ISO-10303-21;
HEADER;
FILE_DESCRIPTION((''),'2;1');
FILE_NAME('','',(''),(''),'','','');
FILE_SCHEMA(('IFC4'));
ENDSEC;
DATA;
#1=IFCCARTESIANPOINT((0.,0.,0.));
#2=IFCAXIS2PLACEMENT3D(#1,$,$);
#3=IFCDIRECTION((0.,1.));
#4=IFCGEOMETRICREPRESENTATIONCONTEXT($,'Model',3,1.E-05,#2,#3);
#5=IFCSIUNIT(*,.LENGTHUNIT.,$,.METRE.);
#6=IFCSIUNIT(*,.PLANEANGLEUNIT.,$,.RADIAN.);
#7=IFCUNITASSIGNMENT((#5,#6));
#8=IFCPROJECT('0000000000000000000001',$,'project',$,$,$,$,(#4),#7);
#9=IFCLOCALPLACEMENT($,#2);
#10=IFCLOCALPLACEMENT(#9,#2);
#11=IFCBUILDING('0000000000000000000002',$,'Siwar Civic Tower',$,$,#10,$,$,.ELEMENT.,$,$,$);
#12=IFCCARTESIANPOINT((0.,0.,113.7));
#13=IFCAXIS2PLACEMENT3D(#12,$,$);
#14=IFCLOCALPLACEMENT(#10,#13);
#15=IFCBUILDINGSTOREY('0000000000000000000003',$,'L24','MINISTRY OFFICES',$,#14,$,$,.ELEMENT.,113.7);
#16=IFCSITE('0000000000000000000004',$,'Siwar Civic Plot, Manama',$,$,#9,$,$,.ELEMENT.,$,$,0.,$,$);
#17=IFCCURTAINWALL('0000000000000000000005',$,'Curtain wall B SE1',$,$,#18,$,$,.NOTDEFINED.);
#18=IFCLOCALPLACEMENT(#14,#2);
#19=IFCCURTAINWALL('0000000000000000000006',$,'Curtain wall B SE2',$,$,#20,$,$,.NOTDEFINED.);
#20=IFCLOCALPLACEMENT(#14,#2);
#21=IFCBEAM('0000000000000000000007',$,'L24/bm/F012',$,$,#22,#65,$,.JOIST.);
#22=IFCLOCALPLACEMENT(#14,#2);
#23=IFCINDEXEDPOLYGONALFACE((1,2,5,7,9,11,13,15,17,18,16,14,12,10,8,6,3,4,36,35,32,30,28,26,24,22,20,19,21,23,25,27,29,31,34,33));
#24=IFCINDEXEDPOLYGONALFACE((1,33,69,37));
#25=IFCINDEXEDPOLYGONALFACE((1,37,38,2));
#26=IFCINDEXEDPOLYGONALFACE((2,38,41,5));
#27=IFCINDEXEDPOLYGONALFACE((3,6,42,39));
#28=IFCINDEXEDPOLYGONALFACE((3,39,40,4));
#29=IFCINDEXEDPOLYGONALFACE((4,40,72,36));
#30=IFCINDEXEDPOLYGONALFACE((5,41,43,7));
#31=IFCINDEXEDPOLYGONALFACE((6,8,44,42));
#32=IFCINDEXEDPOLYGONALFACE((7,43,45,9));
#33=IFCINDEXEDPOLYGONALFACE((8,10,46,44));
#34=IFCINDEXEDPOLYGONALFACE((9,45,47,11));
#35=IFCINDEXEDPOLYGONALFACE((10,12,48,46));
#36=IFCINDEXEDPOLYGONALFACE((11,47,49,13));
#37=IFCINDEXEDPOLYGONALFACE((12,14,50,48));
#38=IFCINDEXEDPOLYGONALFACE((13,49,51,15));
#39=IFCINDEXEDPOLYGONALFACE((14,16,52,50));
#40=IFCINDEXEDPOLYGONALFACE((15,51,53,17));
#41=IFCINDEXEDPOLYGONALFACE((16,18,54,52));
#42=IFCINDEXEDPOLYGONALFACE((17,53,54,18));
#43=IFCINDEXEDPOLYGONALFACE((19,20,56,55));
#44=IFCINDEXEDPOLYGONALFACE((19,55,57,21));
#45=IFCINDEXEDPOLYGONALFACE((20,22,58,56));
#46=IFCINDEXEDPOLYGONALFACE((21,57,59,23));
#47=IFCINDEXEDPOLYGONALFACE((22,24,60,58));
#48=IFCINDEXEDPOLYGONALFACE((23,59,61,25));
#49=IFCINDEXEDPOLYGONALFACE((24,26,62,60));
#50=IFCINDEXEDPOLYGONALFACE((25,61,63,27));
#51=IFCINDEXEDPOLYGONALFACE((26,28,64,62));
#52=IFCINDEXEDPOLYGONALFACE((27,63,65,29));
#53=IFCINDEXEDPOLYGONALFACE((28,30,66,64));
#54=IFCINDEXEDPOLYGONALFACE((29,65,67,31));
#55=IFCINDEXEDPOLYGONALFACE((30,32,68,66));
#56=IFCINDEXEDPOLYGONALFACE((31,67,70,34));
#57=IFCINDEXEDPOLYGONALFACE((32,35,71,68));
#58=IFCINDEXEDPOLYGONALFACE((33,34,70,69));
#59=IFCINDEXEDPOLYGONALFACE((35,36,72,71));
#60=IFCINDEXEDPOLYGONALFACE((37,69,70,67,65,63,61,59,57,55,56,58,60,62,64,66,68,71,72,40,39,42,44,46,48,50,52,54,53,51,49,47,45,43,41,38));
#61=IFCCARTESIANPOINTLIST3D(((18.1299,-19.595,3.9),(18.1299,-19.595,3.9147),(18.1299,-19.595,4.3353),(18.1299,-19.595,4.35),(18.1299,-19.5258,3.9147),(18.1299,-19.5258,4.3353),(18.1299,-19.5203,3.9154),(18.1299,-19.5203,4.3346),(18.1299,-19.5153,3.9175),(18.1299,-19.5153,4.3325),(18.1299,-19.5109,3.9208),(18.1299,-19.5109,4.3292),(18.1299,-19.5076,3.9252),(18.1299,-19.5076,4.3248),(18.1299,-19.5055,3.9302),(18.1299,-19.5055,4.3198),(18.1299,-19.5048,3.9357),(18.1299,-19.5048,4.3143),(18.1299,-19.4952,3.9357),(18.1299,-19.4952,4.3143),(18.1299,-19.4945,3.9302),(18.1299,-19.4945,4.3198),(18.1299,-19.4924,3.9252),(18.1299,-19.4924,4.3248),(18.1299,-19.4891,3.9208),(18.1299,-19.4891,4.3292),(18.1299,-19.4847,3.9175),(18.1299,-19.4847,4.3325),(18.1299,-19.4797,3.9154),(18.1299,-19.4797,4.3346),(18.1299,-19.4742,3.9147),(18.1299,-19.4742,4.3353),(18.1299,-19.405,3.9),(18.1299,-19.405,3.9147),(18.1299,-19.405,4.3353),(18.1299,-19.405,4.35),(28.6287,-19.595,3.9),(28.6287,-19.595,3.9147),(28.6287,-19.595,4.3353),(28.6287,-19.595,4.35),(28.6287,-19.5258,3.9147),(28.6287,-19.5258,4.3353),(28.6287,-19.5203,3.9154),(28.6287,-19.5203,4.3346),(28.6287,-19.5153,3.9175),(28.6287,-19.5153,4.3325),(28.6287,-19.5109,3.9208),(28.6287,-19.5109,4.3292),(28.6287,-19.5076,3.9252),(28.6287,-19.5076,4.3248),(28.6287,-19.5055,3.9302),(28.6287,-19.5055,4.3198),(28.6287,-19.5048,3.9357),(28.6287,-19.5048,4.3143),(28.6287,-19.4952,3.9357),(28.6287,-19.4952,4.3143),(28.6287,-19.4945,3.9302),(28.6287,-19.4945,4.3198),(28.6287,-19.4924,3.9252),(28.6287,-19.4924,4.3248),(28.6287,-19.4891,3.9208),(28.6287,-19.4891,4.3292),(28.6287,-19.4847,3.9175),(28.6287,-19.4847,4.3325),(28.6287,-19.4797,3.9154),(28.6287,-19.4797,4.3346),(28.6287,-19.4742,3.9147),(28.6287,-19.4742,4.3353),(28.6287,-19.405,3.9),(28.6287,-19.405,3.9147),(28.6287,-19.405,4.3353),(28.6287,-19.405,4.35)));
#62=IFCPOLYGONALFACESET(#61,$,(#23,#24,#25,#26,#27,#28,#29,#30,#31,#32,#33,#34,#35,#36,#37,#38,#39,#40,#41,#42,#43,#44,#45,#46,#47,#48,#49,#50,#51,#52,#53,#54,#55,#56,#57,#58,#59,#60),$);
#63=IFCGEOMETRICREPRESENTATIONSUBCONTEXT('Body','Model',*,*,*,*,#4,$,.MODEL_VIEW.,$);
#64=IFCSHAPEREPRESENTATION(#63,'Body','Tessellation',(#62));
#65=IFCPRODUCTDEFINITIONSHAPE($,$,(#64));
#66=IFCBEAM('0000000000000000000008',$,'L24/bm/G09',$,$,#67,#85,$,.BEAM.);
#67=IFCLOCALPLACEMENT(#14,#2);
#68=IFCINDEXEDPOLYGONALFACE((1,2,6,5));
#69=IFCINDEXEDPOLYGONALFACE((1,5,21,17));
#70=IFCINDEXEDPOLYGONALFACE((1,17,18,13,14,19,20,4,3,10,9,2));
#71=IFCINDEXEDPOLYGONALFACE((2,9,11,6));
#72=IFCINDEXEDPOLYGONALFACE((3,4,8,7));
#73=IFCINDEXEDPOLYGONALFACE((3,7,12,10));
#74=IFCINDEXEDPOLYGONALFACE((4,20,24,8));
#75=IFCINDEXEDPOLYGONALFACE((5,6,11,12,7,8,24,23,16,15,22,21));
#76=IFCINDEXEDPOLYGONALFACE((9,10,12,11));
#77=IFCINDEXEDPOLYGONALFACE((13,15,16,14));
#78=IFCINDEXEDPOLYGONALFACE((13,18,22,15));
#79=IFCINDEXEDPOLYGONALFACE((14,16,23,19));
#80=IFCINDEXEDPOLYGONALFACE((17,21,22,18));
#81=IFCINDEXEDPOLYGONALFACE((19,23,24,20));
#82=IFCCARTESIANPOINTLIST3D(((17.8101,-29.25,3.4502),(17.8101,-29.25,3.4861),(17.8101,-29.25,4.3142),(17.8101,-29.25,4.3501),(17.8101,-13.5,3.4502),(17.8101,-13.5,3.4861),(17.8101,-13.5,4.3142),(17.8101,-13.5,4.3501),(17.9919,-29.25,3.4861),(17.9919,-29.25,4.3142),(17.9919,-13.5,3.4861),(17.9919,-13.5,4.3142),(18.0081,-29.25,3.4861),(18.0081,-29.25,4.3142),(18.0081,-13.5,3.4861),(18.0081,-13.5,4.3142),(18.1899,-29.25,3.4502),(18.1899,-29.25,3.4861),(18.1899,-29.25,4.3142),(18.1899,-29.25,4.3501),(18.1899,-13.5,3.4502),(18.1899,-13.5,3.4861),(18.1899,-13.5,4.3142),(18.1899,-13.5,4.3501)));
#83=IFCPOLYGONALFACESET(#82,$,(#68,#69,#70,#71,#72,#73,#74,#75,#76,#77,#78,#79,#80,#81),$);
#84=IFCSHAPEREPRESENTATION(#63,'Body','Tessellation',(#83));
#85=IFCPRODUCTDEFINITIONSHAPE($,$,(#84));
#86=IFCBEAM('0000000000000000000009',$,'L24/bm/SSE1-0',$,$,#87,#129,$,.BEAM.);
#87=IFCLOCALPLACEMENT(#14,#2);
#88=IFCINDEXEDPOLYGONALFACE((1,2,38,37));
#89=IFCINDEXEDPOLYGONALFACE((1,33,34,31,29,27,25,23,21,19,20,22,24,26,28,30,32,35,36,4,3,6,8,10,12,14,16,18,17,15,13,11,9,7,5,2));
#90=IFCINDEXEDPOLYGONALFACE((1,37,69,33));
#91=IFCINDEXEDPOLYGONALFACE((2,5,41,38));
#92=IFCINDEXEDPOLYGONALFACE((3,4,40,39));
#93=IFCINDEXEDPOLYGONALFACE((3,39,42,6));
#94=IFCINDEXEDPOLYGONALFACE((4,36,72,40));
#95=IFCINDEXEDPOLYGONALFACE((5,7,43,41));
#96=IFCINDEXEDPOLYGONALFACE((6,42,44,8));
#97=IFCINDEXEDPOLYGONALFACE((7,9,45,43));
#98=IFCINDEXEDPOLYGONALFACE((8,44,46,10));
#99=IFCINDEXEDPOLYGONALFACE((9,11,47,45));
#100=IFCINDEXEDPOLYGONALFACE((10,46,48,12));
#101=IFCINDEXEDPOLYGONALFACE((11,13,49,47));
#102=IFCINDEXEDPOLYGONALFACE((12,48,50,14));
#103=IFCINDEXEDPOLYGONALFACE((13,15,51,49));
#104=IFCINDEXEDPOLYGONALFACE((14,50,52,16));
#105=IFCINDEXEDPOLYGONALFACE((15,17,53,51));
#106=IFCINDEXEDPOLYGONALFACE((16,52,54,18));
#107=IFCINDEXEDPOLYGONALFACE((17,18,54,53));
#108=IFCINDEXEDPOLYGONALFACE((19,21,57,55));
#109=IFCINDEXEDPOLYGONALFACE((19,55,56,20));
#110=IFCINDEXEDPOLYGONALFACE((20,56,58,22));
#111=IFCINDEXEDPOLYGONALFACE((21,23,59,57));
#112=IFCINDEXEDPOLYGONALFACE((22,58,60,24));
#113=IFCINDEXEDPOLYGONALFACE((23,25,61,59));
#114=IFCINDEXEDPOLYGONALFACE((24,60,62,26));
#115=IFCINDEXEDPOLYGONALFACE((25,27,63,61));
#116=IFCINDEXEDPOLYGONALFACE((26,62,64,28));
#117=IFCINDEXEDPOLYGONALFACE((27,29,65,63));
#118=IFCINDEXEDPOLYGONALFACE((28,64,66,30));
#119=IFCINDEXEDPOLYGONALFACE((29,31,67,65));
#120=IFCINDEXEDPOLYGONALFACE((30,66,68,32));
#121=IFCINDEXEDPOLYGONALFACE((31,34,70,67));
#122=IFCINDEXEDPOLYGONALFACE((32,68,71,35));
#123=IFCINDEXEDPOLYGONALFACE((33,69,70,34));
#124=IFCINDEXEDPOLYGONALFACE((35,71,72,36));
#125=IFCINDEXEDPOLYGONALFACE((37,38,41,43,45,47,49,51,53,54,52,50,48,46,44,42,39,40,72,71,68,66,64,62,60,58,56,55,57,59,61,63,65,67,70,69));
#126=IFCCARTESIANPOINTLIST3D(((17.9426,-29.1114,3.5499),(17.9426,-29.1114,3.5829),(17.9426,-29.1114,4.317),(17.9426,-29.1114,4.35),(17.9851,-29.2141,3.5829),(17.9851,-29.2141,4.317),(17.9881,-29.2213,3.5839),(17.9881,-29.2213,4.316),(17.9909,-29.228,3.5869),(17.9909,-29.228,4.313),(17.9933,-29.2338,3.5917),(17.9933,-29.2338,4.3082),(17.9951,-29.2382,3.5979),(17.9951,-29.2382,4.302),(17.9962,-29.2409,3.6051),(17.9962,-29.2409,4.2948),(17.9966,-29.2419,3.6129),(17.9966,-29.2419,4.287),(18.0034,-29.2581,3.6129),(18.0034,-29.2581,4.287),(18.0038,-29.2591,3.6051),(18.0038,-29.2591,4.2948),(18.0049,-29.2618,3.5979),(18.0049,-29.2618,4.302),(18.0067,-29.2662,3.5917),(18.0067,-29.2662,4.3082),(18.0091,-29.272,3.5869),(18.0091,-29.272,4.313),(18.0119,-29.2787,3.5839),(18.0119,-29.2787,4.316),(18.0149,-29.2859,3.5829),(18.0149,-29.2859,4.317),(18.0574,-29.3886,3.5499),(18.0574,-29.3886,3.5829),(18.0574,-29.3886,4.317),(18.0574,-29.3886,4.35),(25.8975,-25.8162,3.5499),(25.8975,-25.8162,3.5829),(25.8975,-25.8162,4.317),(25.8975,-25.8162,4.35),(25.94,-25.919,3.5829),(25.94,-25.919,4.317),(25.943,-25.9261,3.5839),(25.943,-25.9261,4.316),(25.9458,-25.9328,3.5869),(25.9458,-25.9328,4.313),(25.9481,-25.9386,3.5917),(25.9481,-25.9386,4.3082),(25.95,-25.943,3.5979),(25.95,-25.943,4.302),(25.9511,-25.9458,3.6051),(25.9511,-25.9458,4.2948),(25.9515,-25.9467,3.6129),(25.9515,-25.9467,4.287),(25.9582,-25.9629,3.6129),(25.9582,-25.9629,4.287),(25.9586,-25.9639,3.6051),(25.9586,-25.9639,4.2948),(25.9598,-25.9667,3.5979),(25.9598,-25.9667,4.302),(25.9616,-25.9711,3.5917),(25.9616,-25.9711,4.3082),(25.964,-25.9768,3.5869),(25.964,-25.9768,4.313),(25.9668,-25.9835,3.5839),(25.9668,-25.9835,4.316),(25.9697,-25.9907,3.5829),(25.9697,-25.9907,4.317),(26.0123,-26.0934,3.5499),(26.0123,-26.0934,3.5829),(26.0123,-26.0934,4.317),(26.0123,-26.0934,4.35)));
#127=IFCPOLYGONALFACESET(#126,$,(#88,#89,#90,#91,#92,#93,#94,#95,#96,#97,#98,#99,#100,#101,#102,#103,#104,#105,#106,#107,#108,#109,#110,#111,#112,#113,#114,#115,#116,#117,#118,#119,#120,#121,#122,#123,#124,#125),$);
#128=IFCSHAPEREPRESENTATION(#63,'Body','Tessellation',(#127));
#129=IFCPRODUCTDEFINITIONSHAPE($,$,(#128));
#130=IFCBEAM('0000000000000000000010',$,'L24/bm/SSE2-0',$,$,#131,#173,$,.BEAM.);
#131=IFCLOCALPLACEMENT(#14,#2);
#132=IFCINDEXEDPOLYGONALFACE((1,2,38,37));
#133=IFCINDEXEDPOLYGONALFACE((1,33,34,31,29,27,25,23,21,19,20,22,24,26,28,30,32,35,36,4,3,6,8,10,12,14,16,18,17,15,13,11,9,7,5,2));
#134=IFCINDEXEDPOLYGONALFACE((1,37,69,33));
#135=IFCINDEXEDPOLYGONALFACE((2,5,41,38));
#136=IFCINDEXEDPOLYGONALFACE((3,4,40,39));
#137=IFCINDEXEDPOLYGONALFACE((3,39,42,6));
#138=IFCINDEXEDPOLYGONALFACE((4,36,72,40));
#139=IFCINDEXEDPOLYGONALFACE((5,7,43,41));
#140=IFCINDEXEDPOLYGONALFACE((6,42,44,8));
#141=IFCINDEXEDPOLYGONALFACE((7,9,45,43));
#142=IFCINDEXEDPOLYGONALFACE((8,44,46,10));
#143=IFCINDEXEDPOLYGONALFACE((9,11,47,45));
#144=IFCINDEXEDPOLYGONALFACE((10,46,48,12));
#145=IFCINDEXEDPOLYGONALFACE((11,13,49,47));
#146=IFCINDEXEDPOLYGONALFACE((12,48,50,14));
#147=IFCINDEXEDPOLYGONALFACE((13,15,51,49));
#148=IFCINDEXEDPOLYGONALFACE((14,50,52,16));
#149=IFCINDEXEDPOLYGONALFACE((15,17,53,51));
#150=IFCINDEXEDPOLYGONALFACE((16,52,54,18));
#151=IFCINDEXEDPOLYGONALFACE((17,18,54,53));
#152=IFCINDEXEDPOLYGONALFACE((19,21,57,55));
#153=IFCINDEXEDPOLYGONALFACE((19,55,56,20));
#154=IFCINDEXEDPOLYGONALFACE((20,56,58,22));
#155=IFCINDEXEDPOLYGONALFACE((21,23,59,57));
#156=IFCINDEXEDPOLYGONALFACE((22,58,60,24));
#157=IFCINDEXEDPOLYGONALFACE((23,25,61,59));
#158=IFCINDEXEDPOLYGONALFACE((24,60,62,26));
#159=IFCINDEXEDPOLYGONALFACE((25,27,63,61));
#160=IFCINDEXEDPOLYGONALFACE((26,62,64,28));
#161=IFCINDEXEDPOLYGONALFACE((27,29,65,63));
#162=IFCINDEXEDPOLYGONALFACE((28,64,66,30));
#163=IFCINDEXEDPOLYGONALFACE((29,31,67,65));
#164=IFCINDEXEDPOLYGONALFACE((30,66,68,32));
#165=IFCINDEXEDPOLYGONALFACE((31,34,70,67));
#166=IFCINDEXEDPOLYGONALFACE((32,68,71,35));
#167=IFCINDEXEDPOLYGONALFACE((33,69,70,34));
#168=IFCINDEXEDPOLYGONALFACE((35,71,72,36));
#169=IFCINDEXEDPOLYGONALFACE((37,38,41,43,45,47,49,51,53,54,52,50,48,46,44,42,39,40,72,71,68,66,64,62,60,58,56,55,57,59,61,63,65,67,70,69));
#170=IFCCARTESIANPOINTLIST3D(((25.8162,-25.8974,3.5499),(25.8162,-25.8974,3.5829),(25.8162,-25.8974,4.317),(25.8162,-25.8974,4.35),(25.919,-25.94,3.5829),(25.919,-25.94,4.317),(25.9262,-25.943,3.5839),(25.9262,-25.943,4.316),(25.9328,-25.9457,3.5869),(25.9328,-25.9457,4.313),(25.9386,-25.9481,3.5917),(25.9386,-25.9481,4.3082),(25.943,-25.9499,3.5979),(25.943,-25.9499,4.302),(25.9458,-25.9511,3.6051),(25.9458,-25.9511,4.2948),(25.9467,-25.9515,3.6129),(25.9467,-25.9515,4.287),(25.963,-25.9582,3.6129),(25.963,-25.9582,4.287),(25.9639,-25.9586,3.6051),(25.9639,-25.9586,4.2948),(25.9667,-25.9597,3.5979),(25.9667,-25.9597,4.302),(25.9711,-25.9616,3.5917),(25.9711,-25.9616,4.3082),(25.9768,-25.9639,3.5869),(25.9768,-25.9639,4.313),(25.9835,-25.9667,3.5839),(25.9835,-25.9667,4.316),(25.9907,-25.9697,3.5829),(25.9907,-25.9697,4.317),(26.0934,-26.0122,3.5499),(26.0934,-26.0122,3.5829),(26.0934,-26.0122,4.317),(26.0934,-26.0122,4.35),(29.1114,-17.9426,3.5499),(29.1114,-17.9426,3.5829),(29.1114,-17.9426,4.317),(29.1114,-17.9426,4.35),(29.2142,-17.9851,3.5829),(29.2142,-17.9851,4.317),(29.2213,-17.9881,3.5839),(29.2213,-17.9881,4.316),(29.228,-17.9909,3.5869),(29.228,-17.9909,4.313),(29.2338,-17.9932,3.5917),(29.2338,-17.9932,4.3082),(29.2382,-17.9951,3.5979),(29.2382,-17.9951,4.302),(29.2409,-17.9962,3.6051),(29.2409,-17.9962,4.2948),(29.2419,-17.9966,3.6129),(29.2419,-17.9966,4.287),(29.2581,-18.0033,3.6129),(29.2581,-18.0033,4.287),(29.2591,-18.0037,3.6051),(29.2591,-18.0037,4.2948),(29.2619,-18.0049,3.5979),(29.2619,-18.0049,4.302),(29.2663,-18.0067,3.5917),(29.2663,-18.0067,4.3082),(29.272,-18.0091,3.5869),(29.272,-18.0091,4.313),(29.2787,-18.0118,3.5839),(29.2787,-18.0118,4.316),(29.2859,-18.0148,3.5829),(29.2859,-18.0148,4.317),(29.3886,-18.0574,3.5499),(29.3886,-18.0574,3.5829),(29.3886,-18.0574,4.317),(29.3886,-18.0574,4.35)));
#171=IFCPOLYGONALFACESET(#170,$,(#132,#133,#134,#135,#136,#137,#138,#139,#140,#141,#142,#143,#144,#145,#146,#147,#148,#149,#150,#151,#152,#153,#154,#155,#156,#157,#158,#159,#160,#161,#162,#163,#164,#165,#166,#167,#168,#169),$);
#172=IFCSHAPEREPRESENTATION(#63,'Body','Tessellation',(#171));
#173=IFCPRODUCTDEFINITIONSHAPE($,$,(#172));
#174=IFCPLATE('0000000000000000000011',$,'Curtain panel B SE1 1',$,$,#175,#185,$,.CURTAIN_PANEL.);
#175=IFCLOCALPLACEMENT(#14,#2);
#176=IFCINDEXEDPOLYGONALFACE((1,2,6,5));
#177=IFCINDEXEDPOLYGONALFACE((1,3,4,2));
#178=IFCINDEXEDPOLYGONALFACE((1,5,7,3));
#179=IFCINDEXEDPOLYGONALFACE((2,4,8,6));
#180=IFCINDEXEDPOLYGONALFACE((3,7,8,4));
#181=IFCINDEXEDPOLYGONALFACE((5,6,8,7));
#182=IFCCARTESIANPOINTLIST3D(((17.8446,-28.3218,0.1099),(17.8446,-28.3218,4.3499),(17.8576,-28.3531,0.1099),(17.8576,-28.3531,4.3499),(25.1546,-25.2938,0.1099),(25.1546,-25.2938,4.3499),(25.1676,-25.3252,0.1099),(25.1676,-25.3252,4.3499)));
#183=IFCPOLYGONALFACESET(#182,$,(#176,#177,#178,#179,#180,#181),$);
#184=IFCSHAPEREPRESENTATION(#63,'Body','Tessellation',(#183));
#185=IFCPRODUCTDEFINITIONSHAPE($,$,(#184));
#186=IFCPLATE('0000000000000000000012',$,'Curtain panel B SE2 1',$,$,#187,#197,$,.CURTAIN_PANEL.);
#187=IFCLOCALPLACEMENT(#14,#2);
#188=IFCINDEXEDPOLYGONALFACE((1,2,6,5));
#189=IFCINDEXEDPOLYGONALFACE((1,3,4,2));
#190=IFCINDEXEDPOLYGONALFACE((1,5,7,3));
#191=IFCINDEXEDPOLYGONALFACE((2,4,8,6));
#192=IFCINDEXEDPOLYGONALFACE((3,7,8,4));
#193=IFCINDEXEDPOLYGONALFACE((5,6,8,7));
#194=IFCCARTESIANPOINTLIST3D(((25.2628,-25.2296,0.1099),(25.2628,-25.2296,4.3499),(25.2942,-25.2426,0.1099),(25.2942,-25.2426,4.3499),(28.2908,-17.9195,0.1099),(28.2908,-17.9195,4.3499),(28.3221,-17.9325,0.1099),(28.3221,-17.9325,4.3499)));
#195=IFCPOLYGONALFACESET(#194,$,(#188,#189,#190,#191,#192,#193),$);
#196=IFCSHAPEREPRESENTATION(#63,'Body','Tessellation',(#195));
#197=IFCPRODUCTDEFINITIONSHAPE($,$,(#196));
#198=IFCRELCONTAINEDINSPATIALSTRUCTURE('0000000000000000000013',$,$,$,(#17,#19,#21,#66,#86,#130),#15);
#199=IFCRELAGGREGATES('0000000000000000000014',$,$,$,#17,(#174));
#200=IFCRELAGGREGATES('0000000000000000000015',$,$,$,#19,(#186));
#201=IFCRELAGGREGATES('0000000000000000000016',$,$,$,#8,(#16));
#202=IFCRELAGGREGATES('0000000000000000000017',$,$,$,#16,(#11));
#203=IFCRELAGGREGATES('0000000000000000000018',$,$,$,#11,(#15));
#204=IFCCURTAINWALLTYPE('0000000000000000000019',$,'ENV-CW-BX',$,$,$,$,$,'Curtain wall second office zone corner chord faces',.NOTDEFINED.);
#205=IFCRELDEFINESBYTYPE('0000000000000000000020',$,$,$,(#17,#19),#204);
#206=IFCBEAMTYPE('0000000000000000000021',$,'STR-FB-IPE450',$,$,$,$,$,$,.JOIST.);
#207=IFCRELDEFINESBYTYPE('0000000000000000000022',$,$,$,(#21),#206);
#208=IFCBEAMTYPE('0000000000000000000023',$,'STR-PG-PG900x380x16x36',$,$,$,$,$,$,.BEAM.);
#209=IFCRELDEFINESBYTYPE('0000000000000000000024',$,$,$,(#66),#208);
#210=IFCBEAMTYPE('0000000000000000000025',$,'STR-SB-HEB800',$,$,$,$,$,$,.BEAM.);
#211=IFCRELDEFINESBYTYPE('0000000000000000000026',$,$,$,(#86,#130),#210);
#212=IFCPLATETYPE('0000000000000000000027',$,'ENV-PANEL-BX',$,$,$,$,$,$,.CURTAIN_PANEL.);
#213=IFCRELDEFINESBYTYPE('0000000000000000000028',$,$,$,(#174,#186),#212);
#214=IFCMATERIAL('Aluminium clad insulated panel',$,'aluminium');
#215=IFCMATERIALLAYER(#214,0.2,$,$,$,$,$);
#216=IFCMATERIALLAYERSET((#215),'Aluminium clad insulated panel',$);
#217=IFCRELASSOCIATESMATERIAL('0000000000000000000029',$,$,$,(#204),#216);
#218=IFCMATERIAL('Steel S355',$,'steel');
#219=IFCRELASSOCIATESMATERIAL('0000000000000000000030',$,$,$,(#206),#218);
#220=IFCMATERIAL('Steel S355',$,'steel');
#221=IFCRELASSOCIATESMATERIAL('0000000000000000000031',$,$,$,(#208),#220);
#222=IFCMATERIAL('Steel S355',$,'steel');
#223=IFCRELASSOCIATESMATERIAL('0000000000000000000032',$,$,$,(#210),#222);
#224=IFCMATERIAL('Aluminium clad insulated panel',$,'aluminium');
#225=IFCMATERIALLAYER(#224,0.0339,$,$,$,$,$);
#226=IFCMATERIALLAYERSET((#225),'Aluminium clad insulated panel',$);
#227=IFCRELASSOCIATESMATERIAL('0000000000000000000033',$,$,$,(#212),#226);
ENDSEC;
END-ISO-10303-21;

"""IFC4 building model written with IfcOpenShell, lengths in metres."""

from ifc_helpers import new_model, si_unit, direction, frame, origin, origin_2d, place, context, subcontext, project, spatial, rectangle, i_section, extrude, material, layer, layer_set, material_profile, profile_set, type_object, element, aggregate, save


model = new_model("IFC4")

# Units and contexts
model_context = context("Model", 3, precision=1e-05, world=origin(), true_north=direction((0.0, 1.0)))
body_context = subcontext(model_context, "Body", "Model", "MODEL_VIEW")
ifc_project = project(units=[si_unit("LENGTHUNIT", "METRE"), si_unit("PLANEANGLEUNIT", "RADIAN")], contexts=[model_context])

# Site, building, storey
site_placement = place(None, origin())
site = spatial("IfcSite", under=ifc_project, at=site_placement, Name="Siwar Civic Plot, Manama", CompositionType="ELEMENT", RefElevation=0.0)
building_placement = place(site_placement, origin())
building = spatial("IfcBuilding", under=site, at=building_placement, Name="Siwar Civic Tower", CompositionType="ELEMENT")
storey_placement = place(building_placement, frame((0.0, 0.0, 113.7)))
storey = spatial("IfcBuildingStorey", under=building, at=storey_placement, Name="L24", Description="MINISTRY OFFICES", CompositionType="ELEMENT", Elevation=113.7)

# Curtain walls
ifc_material_1 = material(Name="Aluminium clad insulated panel", Category="aluminium")
ifc_layer_1 = layer(ifc_material_1, 0.2)
ifc_layer_set_1 = layer_set([ifc_layer_1], Name="Aluminium clad insulated panel")
curtain_wall_type = type_object("IfcCurtainWallType", Name="ENV-CW-BX", ElementType="Curtain wall second office zone corner chord faces", PredefinedType="NOTDEFINED", material=ifc_layer_set_1)
curtain_wall_1_placement = place(storey_placement, origin())
curtain_wall_1 = element("IfcCurtainWall", 1, at=curtain_wall_1_placement, inside=storey, type_object=curtain_wall_type, Name="Curtain wall B SE1", PredefinedType="NOTDEFINED")
curtain_wall_2_placement = place(storey_placement, origin())
curtain_wall_2 = element("IfcCurtainWall", 2, at=curtain_wall_2_placement, inside=storey, type_object=curtain_wall_type, Name="Curtain wall B SE2", PredefinedType="NOTDEFINED")

# Beams
ifc_material_2 = material(Name="Steel S355", Category="steel")
ifc_material_profile_1 = material_profile(ifc_material_2, i_section(OverallWidth=0.1899, OverallDepth=0.45, WebThickness=0.0095, FlangeThickness=0.0146, FilletRadius=0.021, at=origin_2d()), Name="IPE450")
ifc_profile_set_1 = profile_set([ifc_material_profile_1], Name="Steel S355")
beam_type_1 = type_object("IfcBeamType", Name="STR-FB-IPE450", PredefinedType="JOIST", material=ifc_profile_set_1)
beam_1_placement = place(storey_placement, frame((18.1299, -19.5, 4.125), z_axis=(1.0, 0.0, 0.0), x_axis=(0.0, 1.0, 0.0)))
element("IfcBeam", 3, at=beam_1_placement, inside=storey, type_object=beam_type_1, Name="L24/bm/F012", PredefinedType="JOIST", context=body_context, shape_type="SweptSolid", body=[
    extrude(i_section(OverallWidth=0.1899, OverallDepth=0.45, WebThickness=0.0095, FlangeThickness=0.0146, FilletRadius=0.021, at=origin_2d()), origin(), (0.0, 0.0, 1.0), 10.4988),
])
ifc_material_3 = material(Name="Steel S355", Category="steel")
ifc_material_profile_2 = material_profile(ifc_material_3, i_section(OverallWidth=0.3799, OverallDepth=0.8999, WebThickness=0.0161, FlangeThickness=0.0359, at=origin_2d()), Name="PG900x380x16x36")
ifc_profile_set_2 = profile_set([ifc_material_profile_2], Name="Steel S355")
beam_type_2 = type_object("IfcBeamType", Name="STR-PG-PG900x380x16x36", PredefinedType="BEAM", material=ifc_profile_set_2)
beam_2_placement = place(storey_placement, frame((18.0, -29.25, 3.9001), z_axis=(0.0, 1.0, 0.0), x_axis=(-1.0, 0.0, 0.0)))
element("IfcBeam", 4, at=beam_2_placement, inside=storey, type_object=beam_type_2, Name="L24/bm/G09", PredefinedType="BEAM", context=body_context, shape_type="SweptSolid", body=[
    extrude(i_section(OverallWidth=0.3799, OverallDepth=0.8999, WebThickness=0.0161, FlangeThickness=0.0359, at=origin_2d()), origin(), (0.0, 0.0, 1.0), 15.75),
])
ifc_material_4 = material(Name="Steel S355", Category="steel")
ifc_material_profile_3 = material_profile(ifc_material_4, i_section(OverallWidth=0.3, OverallDepth=0.8, WebThickness=0.0176, FlangeThickness=0.033, FilletRadius=0.03, at=origin_2d()), Name="HEB800")
ifc_profile_set_3 = profile_set([ifc_material_profile_3], Name="Steel S355")
beam_type_3 = type_object("IfcBeamType", Name="STR-SB-HEB800", PredefinedType="BEAM", material=ifc_profile_set_3)
for number, where, z_axis, x_axis, name in (
    (5, (18.0, -29.25, 3.95), (0.923873, 0.3827, 0.0), (-0.3827, 0.923873, 0.0), "L24/bm/SSE1-0"),
    (6, (25.9548, -25.9548, 3.95), (0.3827, 0.923873, 0.0), (-0.923873, 0.3827, 0.0), "L24/bm/SSE2-0"),
):
    element("IfcBeam", number, at=place(storey_placement, frame(where, z_axis=z_axis, x_axis=x_axis)), inside=storey, type_object=beam_type_3, Name=name, PredefinedType="BEAM", context=body_context, shape_type="SweptSolid", body=[
        extrude(i_section(OverallWidth=0.3, OverallDepth=0.8, WebThickness=0.0176, FlangeThickness=0.033, FilletRadius=0.03, at=origin_2d()), origin(), (0.0, 0.0, 1.0), 8.6104),
    ])

# Plates
ifc_material_5 = material(Name="Aluminium clad insulated panel", Category="aluminium")
ifc_layer_2 = layer(ifc_material_5, 0.0339)
ifc_layer_set_2 = layer_set([ifc_layer_2], Name="Aluminium clad insulated panel")
plate_type = type_object("IfcPlateType", Name="ENV-PANEL-BX", PredefinedType="CURTAIN_PANEL", material=ifc_layer_set_2)
plate_1_placement = place(storey_placement, frame((21.5061, -26.8235, 0.1099), z_axis=(0.0, 0.0, 1.0), x_axis=(0.92388, 0.382683, 0.0)))
plate_1 = element("IfcPlate", 7, at=plate_1_placement, type_object=plate_type, Name="Curtain panel B SE1 1", PredefinedType="CURTAIN_PANEL", context=body_context, shape_type="SweptSolid", body=[
    extrude(rectangle(XDim=7.9124, YDim=0.0339, at=origin_2d()), origin(), (0.0, 0.0, 1.0), 4.24),
])
aggregate(curtain_wall_1, [plate_1])
plate_2_placement = place(storey_placement, frame((26.7925, -21.5811, 0.1099), z_axis=(0.0, 0.0, 1.0), x_axis=(0.382683, 0.92388, 0.0)))
plate_2 = element("IfcPlate", 8, at=plate_2_placement, type_object=plate_type, Name="Curtain panel B SE2 1", PredefinedType="CURTAIN_PANEL", context=body_context, shape_type="SweptSolid", body=[
    extrude(rectangle(XDim=7.9124, YDim=0.0339, at=origin_2d()), origin(), (0.0, 0.0, 1.0), 4.24),
])
aggregate(curtain_wall_2, [plate_2])

save(model, "model.ifc")
